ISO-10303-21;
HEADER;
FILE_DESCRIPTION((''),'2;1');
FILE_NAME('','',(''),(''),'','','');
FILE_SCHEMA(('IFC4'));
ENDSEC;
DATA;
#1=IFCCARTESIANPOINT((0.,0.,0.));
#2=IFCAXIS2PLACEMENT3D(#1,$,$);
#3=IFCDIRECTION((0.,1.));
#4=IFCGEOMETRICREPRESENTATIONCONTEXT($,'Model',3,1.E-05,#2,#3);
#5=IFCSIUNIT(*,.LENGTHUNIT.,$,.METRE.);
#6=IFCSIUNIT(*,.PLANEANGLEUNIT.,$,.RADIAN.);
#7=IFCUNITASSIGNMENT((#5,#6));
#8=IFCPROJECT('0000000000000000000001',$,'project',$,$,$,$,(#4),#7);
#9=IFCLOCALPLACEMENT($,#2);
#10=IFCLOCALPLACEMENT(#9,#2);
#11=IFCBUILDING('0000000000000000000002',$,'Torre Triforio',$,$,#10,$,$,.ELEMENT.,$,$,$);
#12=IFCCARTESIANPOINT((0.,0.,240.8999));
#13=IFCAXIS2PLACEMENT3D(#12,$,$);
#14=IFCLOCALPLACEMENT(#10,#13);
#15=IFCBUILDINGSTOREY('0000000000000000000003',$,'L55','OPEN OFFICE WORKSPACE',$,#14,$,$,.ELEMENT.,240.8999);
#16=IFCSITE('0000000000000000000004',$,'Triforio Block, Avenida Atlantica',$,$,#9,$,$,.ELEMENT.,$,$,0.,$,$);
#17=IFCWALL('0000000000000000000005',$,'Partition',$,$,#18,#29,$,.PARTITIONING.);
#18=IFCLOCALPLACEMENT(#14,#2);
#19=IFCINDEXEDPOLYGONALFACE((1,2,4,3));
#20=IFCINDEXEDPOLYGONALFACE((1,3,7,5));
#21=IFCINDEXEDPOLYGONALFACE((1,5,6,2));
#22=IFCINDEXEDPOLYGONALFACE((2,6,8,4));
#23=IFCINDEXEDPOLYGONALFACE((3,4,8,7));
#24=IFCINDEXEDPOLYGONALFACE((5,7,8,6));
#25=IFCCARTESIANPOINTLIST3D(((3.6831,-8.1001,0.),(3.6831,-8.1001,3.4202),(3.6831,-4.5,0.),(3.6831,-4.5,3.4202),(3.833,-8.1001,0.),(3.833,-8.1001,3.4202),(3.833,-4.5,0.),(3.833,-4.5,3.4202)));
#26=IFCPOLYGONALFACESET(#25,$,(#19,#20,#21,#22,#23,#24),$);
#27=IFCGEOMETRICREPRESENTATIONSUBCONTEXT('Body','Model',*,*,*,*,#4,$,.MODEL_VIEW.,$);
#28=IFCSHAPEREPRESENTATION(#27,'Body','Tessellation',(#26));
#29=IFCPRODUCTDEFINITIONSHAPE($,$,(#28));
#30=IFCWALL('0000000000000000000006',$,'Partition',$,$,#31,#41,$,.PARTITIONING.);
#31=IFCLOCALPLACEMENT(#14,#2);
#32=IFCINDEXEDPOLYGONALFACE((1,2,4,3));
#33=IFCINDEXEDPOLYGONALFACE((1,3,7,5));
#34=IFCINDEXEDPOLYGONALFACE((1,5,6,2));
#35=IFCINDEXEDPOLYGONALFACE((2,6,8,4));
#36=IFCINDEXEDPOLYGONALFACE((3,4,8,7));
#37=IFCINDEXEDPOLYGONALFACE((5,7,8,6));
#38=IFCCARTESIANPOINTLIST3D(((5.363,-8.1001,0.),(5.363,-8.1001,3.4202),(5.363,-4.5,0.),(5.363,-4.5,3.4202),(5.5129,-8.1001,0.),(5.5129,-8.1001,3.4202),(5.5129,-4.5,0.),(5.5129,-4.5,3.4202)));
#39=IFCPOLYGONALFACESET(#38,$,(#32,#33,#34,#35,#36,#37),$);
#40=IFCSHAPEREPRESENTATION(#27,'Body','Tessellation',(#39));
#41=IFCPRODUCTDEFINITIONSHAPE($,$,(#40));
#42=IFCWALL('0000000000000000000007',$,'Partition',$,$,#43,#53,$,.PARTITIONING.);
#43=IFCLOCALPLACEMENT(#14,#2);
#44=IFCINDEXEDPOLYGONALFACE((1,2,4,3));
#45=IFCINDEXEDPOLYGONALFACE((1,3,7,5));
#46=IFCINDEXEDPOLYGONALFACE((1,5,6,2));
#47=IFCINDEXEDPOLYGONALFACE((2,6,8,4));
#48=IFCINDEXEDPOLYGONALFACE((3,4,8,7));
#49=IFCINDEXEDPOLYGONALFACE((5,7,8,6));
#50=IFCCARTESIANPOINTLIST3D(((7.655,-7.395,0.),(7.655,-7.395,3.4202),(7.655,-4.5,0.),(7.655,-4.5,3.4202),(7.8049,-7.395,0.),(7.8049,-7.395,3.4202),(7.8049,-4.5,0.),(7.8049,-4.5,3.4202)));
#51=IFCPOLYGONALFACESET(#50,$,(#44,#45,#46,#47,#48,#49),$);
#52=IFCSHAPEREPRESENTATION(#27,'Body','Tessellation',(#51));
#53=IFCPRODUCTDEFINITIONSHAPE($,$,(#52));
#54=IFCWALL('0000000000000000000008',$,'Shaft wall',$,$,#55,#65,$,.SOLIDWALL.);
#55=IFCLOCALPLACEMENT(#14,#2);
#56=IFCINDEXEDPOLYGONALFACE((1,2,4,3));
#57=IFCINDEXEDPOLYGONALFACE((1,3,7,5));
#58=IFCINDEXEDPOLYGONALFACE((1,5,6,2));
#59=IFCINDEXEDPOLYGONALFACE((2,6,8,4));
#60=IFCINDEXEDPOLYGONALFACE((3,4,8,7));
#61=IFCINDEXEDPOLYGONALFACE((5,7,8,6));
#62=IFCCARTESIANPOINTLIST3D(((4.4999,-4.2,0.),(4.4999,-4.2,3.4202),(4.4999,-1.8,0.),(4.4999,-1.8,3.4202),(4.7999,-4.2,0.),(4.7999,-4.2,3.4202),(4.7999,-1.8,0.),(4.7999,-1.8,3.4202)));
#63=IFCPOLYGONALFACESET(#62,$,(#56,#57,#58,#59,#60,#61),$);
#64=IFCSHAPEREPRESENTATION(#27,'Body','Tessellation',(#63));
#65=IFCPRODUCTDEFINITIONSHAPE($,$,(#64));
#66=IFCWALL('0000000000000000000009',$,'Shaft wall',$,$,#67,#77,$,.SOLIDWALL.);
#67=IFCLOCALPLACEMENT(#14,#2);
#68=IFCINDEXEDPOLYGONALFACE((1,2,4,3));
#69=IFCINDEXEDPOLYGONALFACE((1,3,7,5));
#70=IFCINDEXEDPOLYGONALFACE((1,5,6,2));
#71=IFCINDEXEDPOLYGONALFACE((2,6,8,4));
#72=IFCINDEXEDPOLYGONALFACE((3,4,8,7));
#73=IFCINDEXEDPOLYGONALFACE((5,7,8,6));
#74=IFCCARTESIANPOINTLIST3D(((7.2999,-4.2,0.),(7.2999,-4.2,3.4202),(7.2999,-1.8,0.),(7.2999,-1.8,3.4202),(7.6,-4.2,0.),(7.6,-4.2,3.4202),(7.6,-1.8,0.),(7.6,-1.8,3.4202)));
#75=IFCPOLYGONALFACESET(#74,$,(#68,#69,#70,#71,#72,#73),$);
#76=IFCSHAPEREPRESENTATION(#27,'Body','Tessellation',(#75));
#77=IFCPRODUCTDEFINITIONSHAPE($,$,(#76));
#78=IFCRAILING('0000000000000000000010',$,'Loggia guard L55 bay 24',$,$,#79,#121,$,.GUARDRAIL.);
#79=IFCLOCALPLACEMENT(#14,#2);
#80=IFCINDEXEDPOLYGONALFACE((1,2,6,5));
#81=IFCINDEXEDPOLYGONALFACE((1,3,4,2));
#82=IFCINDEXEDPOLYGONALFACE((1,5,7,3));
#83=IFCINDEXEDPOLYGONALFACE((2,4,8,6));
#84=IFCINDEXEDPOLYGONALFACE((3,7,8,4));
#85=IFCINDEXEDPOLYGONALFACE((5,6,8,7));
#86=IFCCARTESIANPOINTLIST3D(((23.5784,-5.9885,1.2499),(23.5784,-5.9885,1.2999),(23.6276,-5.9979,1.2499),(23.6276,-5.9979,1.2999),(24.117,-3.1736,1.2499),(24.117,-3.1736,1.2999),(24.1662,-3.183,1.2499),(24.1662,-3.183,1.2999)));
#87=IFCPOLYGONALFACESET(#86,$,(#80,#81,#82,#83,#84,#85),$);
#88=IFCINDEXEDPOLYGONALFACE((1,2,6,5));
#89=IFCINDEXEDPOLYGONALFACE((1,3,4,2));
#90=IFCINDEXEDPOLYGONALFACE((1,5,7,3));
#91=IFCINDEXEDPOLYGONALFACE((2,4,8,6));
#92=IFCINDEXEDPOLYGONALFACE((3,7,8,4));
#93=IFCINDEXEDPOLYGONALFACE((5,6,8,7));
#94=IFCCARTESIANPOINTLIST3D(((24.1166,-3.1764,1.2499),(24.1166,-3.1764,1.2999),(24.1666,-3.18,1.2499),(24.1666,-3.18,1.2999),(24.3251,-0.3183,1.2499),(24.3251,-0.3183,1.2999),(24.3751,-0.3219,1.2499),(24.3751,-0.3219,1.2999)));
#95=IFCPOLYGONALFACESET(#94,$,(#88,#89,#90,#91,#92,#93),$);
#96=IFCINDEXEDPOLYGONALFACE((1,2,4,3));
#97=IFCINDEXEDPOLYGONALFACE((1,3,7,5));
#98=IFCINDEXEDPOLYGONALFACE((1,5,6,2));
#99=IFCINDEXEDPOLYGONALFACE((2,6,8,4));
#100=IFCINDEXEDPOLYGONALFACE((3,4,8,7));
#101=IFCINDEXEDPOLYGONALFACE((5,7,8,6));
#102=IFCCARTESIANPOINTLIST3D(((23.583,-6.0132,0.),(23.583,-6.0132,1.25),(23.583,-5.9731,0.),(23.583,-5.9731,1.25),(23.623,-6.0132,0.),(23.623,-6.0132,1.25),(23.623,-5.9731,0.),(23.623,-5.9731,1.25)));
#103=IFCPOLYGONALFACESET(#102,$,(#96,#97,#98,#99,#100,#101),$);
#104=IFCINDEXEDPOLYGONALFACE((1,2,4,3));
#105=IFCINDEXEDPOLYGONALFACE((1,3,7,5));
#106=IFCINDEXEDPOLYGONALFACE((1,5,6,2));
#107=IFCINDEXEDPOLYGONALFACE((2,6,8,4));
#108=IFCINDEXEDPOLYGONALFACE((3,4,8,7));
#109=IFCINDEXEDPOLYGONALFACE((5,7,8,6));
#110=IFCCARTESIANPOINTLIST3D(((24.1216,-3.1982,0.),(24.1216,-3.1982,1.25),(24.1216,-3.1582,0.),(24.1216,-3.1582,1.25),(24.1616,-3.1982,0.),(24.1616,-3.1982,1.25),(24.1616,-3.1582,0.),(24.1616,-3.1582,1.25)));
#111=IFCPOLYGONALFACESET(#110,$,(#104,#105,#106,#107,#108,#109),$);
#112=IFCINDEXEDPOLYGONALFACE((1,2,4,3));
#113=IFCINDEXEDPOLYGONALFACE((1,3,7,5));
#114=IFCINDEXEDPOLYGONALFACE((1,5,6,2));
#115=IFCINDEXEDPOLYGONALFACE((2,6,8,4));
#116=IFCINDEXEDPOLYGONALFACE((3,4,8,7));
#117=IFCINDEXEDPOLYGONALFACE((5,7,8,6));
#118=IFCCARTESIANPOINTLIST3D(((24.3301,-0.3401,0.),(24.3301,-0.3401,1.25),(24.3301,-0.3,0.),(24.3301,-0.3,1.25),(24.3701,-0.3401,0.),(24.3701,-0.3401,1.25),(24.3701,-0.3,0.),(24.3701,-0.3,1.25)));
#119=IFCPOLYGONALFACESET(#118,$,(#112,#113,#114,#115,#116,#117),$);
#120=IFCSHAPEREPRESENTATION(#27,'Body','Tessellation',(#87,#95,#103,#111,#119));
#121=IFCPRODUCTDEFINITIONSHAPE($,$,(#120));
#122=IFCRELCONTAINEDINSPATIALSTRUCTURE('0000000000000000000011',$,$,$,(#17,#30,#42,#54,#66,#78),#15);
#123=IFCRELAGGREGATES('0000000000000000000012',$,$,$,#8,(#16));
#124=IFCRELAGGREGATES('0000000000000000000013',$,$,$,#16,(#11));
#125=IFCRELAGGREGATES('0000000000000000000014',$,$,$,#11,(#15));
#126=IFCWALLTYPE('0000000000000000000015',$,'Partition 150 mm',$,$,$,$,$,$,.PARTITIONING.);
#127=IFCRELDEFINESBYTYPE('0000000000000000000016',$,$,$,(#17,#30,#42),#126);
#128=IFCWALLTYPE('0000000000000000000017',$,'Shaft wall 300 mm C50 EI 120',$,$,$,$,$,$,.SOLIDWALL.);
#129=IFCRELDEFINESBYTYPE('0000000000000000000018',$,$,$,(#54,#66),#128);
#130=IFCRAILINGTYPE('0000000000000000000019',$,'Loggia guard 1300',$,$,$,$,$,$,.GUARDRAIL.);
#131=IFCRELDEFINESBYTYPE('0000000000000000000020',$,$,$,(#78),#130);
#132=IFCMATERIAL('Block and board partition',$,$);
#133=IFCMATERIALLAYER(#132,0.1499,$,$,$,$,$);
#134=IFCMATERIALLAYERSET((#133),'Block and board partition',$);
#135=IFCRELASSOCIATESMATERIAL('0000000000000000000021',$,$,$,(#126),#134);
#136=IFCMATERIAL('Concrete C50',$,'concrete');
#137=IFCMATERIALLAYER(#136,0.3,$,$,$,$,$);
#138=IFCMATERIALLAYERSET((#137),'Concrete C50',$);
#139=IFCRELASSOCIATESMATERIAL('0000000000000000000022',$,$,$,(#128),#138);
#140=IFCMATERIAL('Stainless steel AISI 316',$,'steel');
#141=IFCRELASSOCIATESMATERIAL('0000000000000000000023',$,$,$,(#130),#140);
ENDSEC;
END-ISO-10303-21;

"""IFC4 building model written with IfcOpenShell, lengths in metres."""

from ifc_helpers import new_model, si_unit, direction, frame, frame_2d, origin, origin_2d, place, context, subcontext, project, spatial, rectangle, extrude, material, layer, layer_set, type_object, element, save


model = new_model("IFC4")

# Units and contexts
model_context = context("Model", 3, precision=1e-05, world=origin(), true_north=direction((0.0, 1.0)))
body_context = subcontext(model_context, "Body", "Model", "MODEL_VIEW")
ifc_project = project(units=[si_unit("LENGTHUNIT", "METRE"), si_unit("PLANEANGLEUNIT", "RADIAN")], contexts=[model_context])

# Site, building, storey
site_placement = place(None, origin())
site = spatial("IfcSite", under=ifc_project, at=site_placement, Name="Triforio Block, Avenida Atlantica", CompositionType="ELEMENT", RefElevation=0.0)
building_placement = place(site_placement, origin())
building = spatial("IfcBuilding", under=site, at=building_placement, Name="Torre Triforio", CompositionType="ELEMENT")
storey_placement = place(building_placement, frame((0.0, 0.0, 240.8999)))
storey = spatial("IfcBuildingStorey", under=building, at=storey_placement, Name="L55", Description="OPEN OFFICE WORKSPACE", CompositionType="ELEMENT", Elevation=240.8999)

# Shared definitions
ifc_material_1 = material(Name="Concrete C50", Category="concrete")

# Walls
ifc_material_2 = material(Name="Block and board partition")
ifc_layer_1 = layer(ifc_material_2, 0.1499)
ifc_layer_set_1 = layer_set([ifc_layer_1], Name="Block and board partition")
wall_type_1 = type_object("IfcWallType", Name="Partition 150 mm", PredefinedType="PARTITIONING", material=ifc_layer_set_1)
for number, where, z_axis, x_axis, name in (
    (1, (3.7581, -8.1001, 0.0), (0.0, 0.0, 1.0), (0.0, 1.0, 0.0), "Partition"),
    (2, (5.438, -8.1001, 0.0), (0.0, 0.0, 1.0), (0.0, 1.0, 0.0), "Partition"),
):
    element("IfcWall", number, at=place(storey_placement, frame(where, z_axis=z_axis, x_axis=x_axis)), inside=storey, type_object=wall_type_1, Name=name, PredefinedType="PARTITIONING", context=body_context, shape_type="SweptSolid", body=[
        extrude(rectangle(XDim=3.6001, YDim=0.1499, at=frame_2d((1.8, 0.0))), origin(), (0.0, 0.0, 1.0), 3.4202),
    ])
wall_1_placement = place(storey_placement, frame((7.73, -7.395, 0.0), z_axis=(0.0, 0.0, 1.0), x_axis=(0.0, 1.0, 0.0)))
element("IfcWall", 3, at=wall_1_placement, inside=storey, type_object=wall_type_1, Name="Partition", PredefinedType="PARTITIONING", context=body_context, shape_type="SweptSolid", body=[
    extrude(rectangle(XDim=2.895, YDim=0.1499, at=frame_2d((1.4475, 0.0))), origin(), (0.0, 0.0, 1.0), 3.4202),
])
ifc_layer_2 = layer(ifc_material_1, 0.3)
ifc_layer_set_2 = layer_set([ifc_layer_2], Name="Concrete C50")
wall_type_2 = type_object("IfcWallType", Name="Shaft wall 300 mm C50 EI 120", PredefinedType="SOLIDWALL", material=ifc_layer_set_2)
for number, where, z_axis, x_axis, name in (
    (4, (4.6499, -4.2, 0.0), (0.0, 0.0, 1.0), (0.0, 1.0, 0.0), "Shaft wall"),
    (5, (7.45, -4.2, 0.0), (0.0, 0.0, 1.0), (0.0, 1.0, 0.0), "Shaft wall"),
):
    element("IfcWall", number, at=place(storey_placement, frame(where, z_axis=z_axis, x_axis=x_axis)), inside=storey, type_object=wall_type_2, Name=name, PredefinedType="SOLIDWALL", context=body_context, shape_type="SweptSolid", body=[
        extrude(rectangle(XDim=2.3999, YDim=0.3, at=frame_2d((1.2, 0.0))), origin(), (0.0, 0.0, 1.0), 3.4202),
    ])

# Railing
ifc_material_3 = material(Name="Stainless steel AISI 316", Category="steel")
railing_type = type_object("IfcRailingType", Name="Loggia guard 1300", PredefinedType="GUARDRAIL", material=ifc_material_3)
railing_placement = place(storey_placement, frame((23.603, -5.9932, 0.0)))
element("IfcRailing", 6, at=railing_placement, inside=storey, type_object=railing_type, Name="Loggia guard L55 bay 24", PredefinedType="GUARDRAIL", context=body_context, shape_type="SweptSolid", body=[
    extrude(rectangle(XDim=0.05, YDim=0.05, at=origin_2d()), frame((0.0, 0.0, 1.2749), z_axis=(0.187918, 0.982185, 0.0), x_axis=(-0.982185, 0.187918, 0.0)), (0.0, 0.0, 1.0), 2.866),
    extrude(rectangle(XDim=0.05, YDim=0.05, at=origin_2d()), frame((0.5386, 2.8149, 1.2749), z_axis=(0.072754, 0.99735, 0.0), x_axis=(-0.99735, 0.072754, 0.0)), (0.0, 0.0, 1.0), 2.8657),
    extrude(rectangle(XDim=0.04, YDim=0.04, at=origin_2d()), origin(), (0.0, 0.0, 1.0), 1.25),
    extrude(rectangle(XDim=0.04, YDim=0.04, at=origin_2d()), frame((0.5386, 2.8149, 0.0)), (0.0, 0.0, 1.0), 1.25),
    extrude(rectangle(XDim=0.04, YDim=0.04, at=origin_2d()), frame((0.7471, 5.6731, 0.0)), (0.0, 0.0, 1.0), 1.25),
])

save(model, "model.ifc")
